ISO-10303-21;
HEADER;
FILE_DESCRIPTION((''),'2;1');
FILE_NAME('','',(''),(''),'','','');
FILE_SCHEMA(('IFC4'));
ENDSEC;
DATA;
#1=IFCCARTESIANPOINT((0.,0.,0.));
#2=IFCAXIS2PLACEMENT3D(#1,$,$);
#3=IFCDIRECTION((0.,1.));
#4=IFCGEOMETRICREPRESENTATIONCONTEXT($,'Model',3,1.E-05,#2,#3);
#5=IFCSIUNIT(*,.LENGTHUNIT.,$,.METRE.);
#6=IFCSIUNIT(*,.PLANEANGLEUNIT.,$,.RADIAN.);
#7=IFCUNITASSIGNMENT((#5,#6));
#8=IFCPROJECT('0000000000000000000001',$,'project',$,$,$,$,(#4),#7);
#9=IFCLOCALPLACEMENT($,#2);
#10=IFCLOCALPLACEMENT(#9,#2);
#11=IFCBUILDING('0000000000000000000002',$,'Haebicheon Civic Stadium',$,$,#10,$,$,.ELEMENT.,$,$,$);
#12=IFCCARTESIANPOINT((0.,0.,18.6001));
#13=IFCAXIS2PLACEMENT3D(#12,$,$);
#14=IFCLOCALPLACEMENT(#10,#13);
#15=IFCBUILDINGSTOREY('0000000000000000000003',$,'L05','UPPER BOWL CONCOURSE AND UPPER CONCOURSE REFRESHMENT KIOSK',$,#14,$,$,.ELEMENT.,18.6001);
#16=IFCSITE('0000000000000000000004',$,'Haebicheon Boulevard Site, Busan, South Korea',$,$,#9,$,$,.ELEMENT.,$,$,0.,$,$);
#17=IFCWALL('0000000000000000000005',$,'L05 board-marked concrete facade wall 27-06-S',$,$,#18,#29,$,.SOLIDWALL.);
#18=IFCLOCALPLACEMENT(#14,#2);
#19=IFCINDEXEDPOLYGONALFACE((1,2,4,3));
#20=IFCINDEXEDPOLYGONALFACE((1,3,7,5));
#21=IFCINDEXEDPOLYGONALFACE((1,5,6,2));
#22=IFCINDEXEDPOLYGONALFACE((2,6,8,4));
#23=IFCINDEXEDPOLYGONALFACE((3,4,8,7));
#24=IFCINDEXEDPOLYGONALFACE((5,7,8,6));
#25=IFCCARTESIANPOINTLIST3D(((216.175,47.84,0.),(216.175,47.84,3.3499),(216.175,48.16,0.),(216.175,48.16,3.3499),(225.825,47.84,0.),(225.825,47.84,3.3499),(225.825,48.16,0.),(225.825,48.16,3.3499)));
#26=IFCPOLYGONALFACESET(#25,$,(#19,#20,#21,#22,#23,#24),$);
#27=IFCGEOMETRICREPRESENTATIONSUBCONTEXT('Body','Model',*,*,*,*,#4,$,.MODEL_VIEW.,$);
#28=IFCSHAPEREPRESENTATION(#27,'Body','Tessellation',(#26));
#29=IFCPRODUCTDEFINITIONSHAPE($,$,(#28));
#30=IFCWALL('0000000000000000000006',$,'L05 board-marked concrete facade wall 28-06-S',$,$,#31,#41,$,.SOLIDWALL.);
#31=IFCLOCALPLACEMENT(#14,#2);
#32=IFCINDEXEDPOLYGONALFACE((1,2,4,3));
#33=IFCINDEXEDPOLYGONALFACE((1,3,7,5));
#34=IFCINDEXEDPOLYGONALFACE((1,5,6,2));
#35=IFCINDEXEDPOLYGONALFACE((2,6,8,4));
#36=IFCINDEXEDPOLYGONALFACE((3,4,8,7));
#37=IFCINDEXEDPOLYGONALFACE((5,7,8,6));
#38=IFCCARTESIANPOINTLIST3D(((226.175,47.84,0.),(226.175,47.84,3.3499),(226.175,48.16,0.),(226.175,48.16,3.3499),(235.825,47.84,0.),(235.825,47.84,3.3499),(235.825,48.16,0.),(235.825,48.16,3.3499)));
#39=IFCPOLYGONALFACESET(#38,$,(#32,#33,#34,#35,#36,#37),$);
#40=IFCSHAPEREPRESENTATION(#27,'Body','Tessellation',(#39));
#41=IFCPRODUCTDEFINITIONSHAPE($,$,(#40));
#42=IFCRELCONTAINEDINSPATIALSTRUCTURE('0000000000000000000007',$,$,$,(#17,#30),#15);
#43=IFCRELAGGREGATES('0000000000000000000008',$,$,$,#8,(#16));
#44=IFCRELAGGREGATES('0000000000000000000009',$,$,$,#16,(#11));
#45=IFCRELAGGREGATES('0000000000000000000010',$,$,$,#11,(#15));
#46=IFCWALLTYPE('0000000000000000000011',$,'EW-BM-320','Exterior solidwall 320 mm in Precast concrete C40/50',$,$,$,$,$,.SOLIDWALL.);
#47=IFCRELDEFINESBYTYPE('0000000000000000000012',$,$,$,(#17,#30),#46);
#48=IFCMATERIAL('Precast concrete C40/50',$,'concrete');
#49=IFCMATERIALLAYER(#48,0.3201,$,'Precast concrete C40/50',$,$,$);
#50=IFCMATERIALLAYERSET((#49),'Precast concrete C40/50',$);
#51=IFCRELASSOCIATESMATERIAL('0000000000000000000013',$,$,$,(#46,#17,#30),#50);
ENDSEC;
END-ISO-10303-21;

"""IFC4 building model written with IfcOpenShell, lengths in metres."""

from ifc_helpers import new_model, si_unit, direction, frame, frame_2d, origin, place, context, subcontext, project, spatial, rectangle, extrude, material, layer, layer_set, type_object, element, save


model = new_model("IFC4")

# Units and contexts
model_context = context("Model", 3, precision=1e-05, world=origin(), true_north=direction((0.0, 1.0)))
body_context = subcontext(model_context, "Body", "Model", "MODEL_VIEW")
ifc_project = project(units=[si_unit("LENGTHUNIT", "METRE"), si_unit("PLANEANGLEUNIT", "RADIAN")], contexts=[model_context])

# Site, building, storey
site_placement = place(None, origin())
site = spatial("IfcSite", under=ifc_project, at=site_placement, Name="Haebicheon Boulevard Site, Busan, South Korea", CompositionType="ELEMENT", RefElevation=0.0)
building_placement = place(site_placement, origin())
building = spatial("IfcBuilding", under=site, at=building_placement, Name="Haebicheon Civic Stadium", CompositionType="ELEMENT")
storey_placement = place(building_placement, frame((0.0, 0.0, 18.6001)))
storey = spatial("IfcBuildingStorey", under=building, at=storey_placement, Name="L05", Description="UPPER BOWL CONCOURSE AND UPPER CONCOURSE REFRESHMENT KIOSK", CompositionType="ELEMENT", Elevation=18.6001)

# Walls
ifc_material_1 = material(Name="Precast concrete C40/50", Category="concrete")
ifc_layer_1 = layer(ifc_material_1, 0.3201, Name="Precast concrete C40/50")
ifc_layer_set_1 = layer_set([ifc_layer_1], Name="Precast concrete C40/50")
wall_type = type_object("IfcWallType", Name="EW-BM-320", Description="Exterior solidwall 320 mm in Precast concrete C40/50", PredefinedType="SOLIDWALL", material=ifc_layer_set_1)
for number, where, z_axis, x_axis, name in (
    (1, (216.175, 48.0, 0.0), (0.0, 0.0, 1.0), (1.0, 0.0, 0.0), "L05 board-marked concrete facade wall 27-06-S"),
    (2, (226.175, 48.0, 0.0), (0.0, 0.0, 1.0), (1.0, 0.0, 0.0), "L05 board-marked concrete facade wall 28-06-S"),
):
    element("IfcWall", number, at=place(storey_placement, frame(where, z_axis=z_axis, x_axis=x_axis)), inside=storey, type_object=wall_type, material=ifc_layer_set_1, Name=name, PredefinedType="SOLIDWALL", context=body_context, shape_type="SweptSolid", body=[
        extrude(rectangle(XDim=9.6499, YDim=0.3201, at=frame_2d((4.825, 0.0))), origin(), (0.0, 0.0, 1.0), 3.3499),
    ])

save(model, "model.ifc")
